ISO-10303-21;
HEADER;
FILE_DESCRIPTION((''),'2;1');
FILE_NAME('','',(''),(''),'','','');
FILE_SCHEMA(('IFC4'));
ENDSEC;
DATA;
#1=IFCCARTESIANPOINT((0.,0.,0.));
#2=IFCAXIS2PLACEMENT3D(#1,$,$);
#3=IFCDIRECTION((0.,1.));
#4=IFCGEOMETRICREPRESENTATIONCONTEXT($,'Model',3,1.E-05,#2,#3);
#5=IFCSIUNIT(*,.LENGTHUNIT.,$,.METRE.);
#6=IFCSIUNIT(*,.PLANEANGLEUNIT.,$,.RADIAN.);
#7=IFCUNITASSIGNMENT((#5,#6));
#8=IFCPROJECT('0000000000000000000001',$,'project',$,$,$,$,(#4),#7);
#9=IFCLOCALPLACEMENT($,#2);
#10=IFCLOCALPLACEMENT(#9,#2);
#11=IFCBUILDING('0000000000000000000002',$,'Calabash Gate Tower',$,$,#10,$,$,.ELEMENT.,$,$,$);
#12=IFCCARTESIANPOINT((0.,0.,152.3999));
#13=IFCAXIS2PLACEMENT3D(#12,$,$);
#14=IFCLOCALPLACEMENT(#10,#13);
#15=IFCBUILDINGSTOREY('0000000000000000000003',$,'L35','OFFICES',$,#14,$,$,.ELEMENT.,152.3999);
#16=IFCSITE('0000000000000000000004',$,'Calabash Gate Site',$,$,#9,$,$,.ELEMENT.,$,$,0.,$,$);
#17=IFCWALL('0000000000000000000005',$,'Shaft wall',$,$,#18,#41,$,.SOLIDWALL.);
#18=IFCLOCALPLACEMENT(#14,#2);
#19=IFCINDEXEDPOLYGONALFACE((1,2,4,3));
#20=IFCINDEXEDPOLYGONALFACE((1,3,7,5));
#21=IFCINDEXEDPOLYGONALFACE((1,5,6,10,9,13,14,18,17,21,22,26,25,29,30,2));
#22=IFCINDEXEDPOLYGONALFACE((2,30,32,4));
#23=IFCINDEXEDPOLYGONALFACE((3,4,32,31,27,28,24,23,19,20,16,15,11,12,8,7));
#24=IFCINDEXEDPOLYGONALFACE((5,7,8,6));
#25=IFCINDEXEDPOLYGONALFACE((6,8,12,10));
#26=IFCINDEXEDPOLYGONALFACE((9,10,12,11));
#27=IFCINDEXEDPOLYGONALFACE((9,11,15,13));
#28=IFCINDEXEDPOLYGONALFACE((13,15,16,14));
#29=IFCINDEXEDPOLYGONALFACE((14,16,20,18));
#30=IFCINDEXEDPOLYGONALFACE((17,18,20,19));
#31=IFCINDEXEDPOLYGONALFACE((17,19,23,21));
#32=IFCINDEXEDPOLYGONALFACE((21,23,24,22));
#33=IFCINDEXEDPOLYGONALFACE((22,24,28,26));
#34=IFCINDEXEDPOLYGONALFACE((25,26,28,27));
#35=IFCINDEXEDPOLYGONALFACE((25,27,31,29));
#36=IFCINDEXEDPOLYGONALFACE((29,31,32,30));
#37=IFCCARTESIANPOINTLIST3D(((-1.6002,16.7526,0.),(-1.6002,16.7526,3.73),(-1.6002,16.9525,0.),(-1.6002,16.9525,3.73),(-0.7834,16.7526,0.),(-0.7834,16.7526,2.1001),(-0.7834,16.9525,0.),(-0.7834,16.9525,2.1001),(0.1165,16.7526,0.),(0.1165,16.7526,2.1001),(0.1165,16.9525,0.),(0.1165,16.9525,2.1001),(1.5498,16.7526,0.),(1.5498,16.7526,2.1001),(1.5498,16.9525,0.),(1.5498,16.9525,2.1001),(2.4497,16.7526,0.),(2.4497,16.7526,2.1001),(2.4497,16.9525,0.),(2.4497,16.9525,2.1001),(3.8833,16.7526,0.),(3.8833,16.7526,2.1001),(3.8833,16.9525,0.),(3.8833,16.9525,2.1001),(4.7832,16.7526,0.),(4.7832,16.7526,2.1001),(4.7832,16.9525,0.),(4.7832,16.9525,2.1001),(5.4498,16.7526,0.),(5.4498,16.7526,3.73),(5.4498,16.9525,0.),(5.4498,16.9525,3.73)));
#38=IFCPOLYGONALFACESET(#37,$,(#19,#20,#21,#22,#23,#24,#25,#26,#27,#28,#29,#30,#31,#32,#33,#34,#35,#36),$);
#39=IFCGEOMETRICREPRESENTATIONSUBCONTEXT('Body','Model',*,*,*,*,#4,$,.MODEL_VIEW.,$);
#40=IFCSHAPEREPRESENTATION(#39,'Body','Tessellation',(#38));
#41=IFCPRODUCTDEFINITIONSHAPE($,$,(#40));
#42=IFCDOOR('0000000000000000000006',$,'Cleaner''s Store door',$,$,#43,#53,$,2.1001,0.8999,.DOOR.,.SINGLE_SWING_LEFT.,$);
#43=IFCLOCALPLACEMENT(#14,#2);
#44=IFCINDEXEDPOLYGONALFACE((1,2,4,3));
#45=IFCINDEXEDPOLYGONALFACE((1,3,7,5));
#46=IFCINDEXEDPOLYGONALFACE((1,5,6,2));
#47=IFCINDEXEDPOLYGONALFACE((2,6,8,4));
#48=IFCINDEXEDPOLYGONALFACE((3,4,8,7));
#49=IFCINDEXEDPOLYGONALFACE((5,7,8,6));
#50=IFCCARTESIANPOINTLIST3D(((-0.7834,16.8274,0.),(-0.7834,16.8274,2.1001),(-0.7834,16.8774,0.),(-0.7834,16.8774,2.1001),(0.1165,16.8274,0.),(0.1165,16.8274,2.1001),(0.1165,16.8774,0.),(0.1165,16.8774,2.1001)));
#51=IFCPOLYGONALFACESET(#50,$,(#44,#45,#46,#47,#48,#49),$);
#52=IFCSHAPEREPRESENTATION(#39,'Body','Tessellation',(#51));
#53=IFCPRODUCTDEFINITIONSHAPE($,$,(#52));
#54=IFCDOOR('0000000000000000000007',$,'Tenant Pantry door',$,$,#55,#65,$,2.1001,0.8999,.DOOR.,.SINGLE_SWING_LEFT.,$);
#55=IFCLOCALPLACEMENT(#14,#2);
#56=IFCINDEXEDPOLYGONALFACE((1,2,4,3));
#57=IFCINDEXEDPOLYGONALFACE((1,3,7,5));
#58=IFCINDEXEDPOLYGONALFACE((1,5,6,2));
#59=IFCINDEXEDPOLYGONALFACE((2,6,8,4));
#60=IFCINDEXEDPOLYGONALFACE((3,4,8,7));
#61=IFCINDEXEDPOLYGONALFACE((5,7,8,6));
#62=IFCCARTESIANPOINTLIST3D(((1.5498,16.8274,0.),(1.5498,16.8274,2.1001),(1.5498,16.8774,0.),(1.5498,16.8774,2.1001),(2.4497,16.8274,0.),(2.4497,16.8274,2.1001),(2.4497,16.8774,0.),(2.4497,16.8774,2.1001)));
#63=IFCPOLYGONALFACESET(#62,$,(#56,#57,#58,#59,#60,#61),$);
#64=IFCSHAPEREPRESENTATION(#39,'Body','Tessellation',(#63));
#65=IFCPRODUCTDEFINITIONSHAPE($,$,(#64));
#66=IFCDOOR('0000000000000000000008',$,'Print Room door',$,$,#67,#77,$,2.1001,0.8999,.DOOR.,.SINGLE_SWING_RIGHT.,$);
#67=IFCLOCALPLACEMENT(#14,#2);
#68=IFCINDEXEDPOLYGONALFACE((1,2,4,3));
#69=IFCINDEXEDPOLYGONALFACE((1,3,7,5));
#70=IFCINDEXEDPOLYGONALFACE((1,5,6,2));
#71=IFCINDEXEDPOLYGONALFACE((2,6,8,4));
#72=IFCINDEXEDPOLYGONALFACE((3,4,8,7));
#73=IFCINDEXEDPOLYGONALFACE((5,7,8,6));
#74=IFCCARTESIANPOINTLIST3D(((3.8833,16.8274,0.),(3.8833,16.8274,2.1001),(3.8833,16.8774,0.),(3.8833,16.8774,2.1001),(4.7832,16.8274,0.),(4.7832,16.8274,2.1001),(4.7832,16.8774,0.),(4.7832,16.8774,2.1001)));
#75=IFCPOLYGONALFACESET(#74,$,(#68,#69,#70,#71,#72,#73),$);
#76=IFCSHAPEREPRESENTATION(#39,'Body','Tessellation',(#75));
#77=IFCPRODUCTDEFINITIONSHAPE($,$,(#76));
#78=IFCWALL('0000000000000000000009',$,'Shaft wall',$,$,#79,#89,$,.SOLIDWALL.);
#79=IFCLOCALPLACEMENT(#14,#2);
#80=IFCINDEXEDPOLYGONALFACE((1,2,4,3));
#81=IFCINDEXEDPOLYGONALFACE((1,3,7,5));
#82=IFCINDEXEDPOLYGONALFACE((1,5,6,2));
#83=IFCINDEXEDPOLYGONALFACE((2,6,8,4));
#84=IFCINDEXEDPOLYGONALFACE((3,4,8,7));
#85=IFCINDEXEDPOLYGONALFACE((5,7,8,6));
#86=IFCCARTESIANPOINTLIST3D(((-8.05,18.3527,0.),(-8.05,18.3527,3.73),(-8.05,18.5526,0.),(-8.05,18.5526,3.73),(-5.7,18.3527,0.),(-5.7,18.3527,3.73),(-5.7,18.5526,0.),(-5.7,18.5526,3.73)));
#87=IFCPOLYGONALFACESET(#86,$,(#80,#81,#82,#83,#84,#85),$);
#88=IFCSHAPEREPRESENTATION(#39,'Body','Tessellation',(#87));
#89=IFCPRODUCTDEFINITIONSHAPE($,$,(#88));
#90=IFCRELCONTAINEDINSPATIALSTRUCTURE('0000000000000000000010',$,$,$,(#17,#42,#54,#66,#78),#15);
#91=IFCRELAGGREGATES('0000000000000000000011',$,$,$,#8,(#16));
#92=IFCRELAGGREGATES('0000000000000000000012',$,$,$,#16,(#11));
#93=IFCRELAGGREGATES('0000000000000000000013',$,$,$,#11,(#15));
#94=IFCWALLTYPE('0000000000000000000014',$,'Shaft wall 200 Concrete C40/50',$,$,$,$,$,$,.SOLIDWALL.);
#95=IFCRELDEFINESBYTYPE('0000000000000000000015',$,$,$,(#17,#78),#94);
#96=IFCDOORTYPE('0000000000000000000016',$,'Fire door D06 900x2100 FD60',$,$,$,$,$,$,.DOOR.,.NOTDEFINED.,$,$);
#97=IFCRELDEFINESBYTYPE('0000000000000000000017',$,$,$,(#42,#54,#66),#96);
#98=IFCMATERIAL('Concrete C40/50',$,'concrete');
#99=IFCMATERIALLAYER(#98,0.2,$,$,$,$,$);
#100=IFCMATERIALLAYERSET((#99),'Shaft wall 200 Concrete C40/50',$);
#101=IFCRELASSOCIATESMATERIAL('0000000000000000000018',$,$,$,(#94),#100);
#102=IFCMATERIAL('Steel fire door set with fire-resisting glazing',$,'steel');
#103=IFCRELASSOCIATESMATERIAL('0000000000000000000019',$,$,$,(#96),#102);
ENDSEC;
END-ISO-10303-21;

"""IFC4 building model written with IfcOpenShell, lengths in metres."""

from ifc_helpers import new_model, si_unit, direction, frame, frame_2d, origin, place, context, subcontext, project, spatial, rectangle, extrude, material, layer, layer_set, type_object, element, fill, save


model = new_model("IFC4")

# Units and contexts
model_context = context("Model", 3, precision=1e-05, world=origin(), true_north=direction((0.0, 1.0)))
body_context = subcontext(model_context, "Body", "Model", "MODEL_VIEW")
ifc_project = project(units=[si_unit("LENGTHUNIT", "METRE"), si_unit("PLANEANGLEUNIT", "RADIAN")], contexts=[model_context])

# Site, building, storey
site_placement = place(None, origin())
site = spatial("IfcSite", under=ifc_project, at=site_placement, Name="Calabash Gate Site", CompositionType="ELEMENT", RefElevation=0.0)
building_placement = place(site_placement, origin())
building = spatial("IfcBuilding", under=site, at=building_placement, Name="Calabash Gate Tower", CompositionType="ELEMENT")
storey_placement = place(building_placement, frame((0.0, 0.0, 152.3999)))
storey = spatial("IfcBuildingStorey", under=building, at=storey_placement, Name="L35", Description="OFFICES", CompositionType="ELEMENT", Elevation=152.3999)

# Shared definitions
ifc_material_1 = material(Name="Concrete C40/50", Category="concrete")
ifc_layer_1 = layer(ifc_material_1, 0.2)
ifc_layer_set_1 = layer_set([ifc_layer_1], Name="Shaft wall 200 Concrete C40/50")
wall_type_1 = type_object("IfcWallType", Name="Shaft wall 200 Concrete C40/50", PredefinedType="SOLIDWALL", material=ifc_layer_set_1)

# Shared definitions
ifc_material_2 = material(Name="Steel fire door set with fire-resisting glazing", Category="steel")
door_type_1 = type_object("IfcDoorType", Name="Fire door D06 900x2100 FD60", OperationType="NOTDEFINED", PredefinedType="DOOR", material=ifc_material_2)

# Wall, openings, doors
wall_1_placement = place(storey_placement, frame((-1.6001, 16.8525, 0.0), z_axis=(0.0, 0.0, 1.0), x_axis=(1.0, 0.0, 0.0)))
wall_1 = element("IfcWall", 1, at=wall_1_placement, inside=storey, type_object=wall_type_1, Name="Shaft wall", PredefinedType="SOLIDWALL", context=body_context, shape_type="SweptSolid", body=[
    extrude(rectangle(XDim=7.05, YDim=0.2, at=frame_2d((3.5249, 0.0))), origin(), (0.0, 0.0, 1.0), 3.73),
])
opening_1_placement = place(wall_1_placement, frame((0.8167, 0.0, 0.0)))
opening_1 = element("IfcOpeningElement", 2, at=opening_1_placement, cuts=wall_1, PredefinedType="OPENING", context=body_context, shape_type="SweptSolid", body=[
    extrude(rectangle(XDim=0.8999, YDim=2.1001, at=frame_2d((0.45, 1.05))), frame((0.0, 0.1099, 0.0), z_axis=(0.0, -1.0, 0.0), x_axis=(1.0, 0.0, 0.0)), (0.0, 0.0, 1.0), 0.22),
])
opening_2_placement = place(wall_1_placement, frame((3.1499, 0.0, 0.0)))
opening_2 = element("IfcOpeningElement", 3, at=opening_2_placement, cuts=wall_1, PredefinedType="OPENING", context=body_context, shape_type="SweptSolid", body=[
    extrude(rectangle(XDim=0.8999, YDim=2.1001, at=frame_2d((0.45, 1.05))), frame((0.0, 0.1099, 0.0), z_axis=(0.0, -1.0, 0.0), x_axis=(1.0, 0.0, 0.0)), (0.0, 0.0, 1.0), 0.22),
])
opening_3_placement = place(wall_1_placement, frame((5.4834, 0.0, 0.0)))
opening_3 = element("IfcOpeningElement", 4, at=opening_3_placement, cuts=wall_1, PredefinedType="OPENING", context=body_context, shape_type="SweptSolid", body=[
    extrude(rectangle(XDim=0.8999, YDim=2.1001, at=frame_2d((0.45, 1.05))), frame((0.0, 0.1099, 0.0), z_axis=(0.0, -1.0, 0.0), x_axis=(1.0, 0.0, 0.0)), (0.0, 0.0, 1.0), 0.22),
])
door_1_placement = place(opening_1_placement, origin())
door_1 = element("IfcDoor", 5, at=door_1_placement, inside=storey, type_object=door_type_1, Name="Cleaner's Store door", OperationType="SINGLE_SWING_LEFT", OverallHeight=2.1001, OverallWidth=0.8999, PredefinedType="DOOR", context=body_context, shape_type="SweptSolid", body=[
    extrude(rectangle(XDim=0.8999, YDim=2.1001, at=frame_2d((0.45, 1.05))), frame((0.0, 0.0249, 0.0), z_axis=(0.0, -1.0, 0.0), x_axis=(1.0, 0.0, 0.0)), (0.0, 0.0, 1.0), 0.05),
])
fill(opening_1, door_1)
door_2_placement = place(opening_2_placement, origin())
door_2 = element("IfcDoor", 6, at=door_2_placement, inside=storey, type_object=door_type_1, Name="Tenant Pantry door", OperationType="SINGLE_SWING_LEFT", OverallHeight=2.1001, OverallWidth=0.8999, PredefinedType="DOOR", context=body_context, shape_type="SweptSolid", body=[
    extrude(rectangle(XDim=0.8999, YDim=2.1001, at=frame_2d((0.45, 1.05))), frame((0.0, 0.0249, 0.0), z_axis=(0.0, -1.0, 0.0), x_axis=(1.0, 0.0, 0.0)), (0.0, 0.0, 1.0), 0.05),
])
fill(opening_2, door_2)
door_3_placement = place(opening_3_placement, origin())
door_3 = element("IfcDoor", 7, at=door_3_placement, inside=storey, type_object=door_type_1, Name="Print Room door", OperationType="SINGLE_SWING_RIGHT", OverallHeight=2.1001, OverallWidth=0.8999, PredefinedType="DOOR", context=body_context, shape_type="SweptSolid", body=[
    extrude(rectangle(XDim=0.8999, YDim=2.1001, at=frame_2d((0.45, 1.05))), frame((0.0, 0.0249, 0.0), z_axis=(0.0, -1.0, 0.0), x_axis=(1.0, 0.0, 0.0)), (0.0, 0.0, 1.0), 0.05),
])
fill(opening_3, door_3)

# Wall
wall_2_placement = place(storey_placement, frame((-8.05, 18.4526, 0.0), z_axis=(0.0, 0.0, 1.0), x_axis=(1.0, 0.0, 0.0)))
element("IfcWall", 8, at=wall_2_placement, inside=storey, type_object=wall_type_1, Name="Shaft wall", PredefinedType="SOLIDWALL", context=body_context, shape_type="SweptSolid", body=[
    extrude(rectangle(XDim=2.3501, YDim=0.2, at=frame_2d((1.175, 0.0))), origin(), (0.0, 0.0, 1.0), 3.73),
])

save(model, "model.ifc")
